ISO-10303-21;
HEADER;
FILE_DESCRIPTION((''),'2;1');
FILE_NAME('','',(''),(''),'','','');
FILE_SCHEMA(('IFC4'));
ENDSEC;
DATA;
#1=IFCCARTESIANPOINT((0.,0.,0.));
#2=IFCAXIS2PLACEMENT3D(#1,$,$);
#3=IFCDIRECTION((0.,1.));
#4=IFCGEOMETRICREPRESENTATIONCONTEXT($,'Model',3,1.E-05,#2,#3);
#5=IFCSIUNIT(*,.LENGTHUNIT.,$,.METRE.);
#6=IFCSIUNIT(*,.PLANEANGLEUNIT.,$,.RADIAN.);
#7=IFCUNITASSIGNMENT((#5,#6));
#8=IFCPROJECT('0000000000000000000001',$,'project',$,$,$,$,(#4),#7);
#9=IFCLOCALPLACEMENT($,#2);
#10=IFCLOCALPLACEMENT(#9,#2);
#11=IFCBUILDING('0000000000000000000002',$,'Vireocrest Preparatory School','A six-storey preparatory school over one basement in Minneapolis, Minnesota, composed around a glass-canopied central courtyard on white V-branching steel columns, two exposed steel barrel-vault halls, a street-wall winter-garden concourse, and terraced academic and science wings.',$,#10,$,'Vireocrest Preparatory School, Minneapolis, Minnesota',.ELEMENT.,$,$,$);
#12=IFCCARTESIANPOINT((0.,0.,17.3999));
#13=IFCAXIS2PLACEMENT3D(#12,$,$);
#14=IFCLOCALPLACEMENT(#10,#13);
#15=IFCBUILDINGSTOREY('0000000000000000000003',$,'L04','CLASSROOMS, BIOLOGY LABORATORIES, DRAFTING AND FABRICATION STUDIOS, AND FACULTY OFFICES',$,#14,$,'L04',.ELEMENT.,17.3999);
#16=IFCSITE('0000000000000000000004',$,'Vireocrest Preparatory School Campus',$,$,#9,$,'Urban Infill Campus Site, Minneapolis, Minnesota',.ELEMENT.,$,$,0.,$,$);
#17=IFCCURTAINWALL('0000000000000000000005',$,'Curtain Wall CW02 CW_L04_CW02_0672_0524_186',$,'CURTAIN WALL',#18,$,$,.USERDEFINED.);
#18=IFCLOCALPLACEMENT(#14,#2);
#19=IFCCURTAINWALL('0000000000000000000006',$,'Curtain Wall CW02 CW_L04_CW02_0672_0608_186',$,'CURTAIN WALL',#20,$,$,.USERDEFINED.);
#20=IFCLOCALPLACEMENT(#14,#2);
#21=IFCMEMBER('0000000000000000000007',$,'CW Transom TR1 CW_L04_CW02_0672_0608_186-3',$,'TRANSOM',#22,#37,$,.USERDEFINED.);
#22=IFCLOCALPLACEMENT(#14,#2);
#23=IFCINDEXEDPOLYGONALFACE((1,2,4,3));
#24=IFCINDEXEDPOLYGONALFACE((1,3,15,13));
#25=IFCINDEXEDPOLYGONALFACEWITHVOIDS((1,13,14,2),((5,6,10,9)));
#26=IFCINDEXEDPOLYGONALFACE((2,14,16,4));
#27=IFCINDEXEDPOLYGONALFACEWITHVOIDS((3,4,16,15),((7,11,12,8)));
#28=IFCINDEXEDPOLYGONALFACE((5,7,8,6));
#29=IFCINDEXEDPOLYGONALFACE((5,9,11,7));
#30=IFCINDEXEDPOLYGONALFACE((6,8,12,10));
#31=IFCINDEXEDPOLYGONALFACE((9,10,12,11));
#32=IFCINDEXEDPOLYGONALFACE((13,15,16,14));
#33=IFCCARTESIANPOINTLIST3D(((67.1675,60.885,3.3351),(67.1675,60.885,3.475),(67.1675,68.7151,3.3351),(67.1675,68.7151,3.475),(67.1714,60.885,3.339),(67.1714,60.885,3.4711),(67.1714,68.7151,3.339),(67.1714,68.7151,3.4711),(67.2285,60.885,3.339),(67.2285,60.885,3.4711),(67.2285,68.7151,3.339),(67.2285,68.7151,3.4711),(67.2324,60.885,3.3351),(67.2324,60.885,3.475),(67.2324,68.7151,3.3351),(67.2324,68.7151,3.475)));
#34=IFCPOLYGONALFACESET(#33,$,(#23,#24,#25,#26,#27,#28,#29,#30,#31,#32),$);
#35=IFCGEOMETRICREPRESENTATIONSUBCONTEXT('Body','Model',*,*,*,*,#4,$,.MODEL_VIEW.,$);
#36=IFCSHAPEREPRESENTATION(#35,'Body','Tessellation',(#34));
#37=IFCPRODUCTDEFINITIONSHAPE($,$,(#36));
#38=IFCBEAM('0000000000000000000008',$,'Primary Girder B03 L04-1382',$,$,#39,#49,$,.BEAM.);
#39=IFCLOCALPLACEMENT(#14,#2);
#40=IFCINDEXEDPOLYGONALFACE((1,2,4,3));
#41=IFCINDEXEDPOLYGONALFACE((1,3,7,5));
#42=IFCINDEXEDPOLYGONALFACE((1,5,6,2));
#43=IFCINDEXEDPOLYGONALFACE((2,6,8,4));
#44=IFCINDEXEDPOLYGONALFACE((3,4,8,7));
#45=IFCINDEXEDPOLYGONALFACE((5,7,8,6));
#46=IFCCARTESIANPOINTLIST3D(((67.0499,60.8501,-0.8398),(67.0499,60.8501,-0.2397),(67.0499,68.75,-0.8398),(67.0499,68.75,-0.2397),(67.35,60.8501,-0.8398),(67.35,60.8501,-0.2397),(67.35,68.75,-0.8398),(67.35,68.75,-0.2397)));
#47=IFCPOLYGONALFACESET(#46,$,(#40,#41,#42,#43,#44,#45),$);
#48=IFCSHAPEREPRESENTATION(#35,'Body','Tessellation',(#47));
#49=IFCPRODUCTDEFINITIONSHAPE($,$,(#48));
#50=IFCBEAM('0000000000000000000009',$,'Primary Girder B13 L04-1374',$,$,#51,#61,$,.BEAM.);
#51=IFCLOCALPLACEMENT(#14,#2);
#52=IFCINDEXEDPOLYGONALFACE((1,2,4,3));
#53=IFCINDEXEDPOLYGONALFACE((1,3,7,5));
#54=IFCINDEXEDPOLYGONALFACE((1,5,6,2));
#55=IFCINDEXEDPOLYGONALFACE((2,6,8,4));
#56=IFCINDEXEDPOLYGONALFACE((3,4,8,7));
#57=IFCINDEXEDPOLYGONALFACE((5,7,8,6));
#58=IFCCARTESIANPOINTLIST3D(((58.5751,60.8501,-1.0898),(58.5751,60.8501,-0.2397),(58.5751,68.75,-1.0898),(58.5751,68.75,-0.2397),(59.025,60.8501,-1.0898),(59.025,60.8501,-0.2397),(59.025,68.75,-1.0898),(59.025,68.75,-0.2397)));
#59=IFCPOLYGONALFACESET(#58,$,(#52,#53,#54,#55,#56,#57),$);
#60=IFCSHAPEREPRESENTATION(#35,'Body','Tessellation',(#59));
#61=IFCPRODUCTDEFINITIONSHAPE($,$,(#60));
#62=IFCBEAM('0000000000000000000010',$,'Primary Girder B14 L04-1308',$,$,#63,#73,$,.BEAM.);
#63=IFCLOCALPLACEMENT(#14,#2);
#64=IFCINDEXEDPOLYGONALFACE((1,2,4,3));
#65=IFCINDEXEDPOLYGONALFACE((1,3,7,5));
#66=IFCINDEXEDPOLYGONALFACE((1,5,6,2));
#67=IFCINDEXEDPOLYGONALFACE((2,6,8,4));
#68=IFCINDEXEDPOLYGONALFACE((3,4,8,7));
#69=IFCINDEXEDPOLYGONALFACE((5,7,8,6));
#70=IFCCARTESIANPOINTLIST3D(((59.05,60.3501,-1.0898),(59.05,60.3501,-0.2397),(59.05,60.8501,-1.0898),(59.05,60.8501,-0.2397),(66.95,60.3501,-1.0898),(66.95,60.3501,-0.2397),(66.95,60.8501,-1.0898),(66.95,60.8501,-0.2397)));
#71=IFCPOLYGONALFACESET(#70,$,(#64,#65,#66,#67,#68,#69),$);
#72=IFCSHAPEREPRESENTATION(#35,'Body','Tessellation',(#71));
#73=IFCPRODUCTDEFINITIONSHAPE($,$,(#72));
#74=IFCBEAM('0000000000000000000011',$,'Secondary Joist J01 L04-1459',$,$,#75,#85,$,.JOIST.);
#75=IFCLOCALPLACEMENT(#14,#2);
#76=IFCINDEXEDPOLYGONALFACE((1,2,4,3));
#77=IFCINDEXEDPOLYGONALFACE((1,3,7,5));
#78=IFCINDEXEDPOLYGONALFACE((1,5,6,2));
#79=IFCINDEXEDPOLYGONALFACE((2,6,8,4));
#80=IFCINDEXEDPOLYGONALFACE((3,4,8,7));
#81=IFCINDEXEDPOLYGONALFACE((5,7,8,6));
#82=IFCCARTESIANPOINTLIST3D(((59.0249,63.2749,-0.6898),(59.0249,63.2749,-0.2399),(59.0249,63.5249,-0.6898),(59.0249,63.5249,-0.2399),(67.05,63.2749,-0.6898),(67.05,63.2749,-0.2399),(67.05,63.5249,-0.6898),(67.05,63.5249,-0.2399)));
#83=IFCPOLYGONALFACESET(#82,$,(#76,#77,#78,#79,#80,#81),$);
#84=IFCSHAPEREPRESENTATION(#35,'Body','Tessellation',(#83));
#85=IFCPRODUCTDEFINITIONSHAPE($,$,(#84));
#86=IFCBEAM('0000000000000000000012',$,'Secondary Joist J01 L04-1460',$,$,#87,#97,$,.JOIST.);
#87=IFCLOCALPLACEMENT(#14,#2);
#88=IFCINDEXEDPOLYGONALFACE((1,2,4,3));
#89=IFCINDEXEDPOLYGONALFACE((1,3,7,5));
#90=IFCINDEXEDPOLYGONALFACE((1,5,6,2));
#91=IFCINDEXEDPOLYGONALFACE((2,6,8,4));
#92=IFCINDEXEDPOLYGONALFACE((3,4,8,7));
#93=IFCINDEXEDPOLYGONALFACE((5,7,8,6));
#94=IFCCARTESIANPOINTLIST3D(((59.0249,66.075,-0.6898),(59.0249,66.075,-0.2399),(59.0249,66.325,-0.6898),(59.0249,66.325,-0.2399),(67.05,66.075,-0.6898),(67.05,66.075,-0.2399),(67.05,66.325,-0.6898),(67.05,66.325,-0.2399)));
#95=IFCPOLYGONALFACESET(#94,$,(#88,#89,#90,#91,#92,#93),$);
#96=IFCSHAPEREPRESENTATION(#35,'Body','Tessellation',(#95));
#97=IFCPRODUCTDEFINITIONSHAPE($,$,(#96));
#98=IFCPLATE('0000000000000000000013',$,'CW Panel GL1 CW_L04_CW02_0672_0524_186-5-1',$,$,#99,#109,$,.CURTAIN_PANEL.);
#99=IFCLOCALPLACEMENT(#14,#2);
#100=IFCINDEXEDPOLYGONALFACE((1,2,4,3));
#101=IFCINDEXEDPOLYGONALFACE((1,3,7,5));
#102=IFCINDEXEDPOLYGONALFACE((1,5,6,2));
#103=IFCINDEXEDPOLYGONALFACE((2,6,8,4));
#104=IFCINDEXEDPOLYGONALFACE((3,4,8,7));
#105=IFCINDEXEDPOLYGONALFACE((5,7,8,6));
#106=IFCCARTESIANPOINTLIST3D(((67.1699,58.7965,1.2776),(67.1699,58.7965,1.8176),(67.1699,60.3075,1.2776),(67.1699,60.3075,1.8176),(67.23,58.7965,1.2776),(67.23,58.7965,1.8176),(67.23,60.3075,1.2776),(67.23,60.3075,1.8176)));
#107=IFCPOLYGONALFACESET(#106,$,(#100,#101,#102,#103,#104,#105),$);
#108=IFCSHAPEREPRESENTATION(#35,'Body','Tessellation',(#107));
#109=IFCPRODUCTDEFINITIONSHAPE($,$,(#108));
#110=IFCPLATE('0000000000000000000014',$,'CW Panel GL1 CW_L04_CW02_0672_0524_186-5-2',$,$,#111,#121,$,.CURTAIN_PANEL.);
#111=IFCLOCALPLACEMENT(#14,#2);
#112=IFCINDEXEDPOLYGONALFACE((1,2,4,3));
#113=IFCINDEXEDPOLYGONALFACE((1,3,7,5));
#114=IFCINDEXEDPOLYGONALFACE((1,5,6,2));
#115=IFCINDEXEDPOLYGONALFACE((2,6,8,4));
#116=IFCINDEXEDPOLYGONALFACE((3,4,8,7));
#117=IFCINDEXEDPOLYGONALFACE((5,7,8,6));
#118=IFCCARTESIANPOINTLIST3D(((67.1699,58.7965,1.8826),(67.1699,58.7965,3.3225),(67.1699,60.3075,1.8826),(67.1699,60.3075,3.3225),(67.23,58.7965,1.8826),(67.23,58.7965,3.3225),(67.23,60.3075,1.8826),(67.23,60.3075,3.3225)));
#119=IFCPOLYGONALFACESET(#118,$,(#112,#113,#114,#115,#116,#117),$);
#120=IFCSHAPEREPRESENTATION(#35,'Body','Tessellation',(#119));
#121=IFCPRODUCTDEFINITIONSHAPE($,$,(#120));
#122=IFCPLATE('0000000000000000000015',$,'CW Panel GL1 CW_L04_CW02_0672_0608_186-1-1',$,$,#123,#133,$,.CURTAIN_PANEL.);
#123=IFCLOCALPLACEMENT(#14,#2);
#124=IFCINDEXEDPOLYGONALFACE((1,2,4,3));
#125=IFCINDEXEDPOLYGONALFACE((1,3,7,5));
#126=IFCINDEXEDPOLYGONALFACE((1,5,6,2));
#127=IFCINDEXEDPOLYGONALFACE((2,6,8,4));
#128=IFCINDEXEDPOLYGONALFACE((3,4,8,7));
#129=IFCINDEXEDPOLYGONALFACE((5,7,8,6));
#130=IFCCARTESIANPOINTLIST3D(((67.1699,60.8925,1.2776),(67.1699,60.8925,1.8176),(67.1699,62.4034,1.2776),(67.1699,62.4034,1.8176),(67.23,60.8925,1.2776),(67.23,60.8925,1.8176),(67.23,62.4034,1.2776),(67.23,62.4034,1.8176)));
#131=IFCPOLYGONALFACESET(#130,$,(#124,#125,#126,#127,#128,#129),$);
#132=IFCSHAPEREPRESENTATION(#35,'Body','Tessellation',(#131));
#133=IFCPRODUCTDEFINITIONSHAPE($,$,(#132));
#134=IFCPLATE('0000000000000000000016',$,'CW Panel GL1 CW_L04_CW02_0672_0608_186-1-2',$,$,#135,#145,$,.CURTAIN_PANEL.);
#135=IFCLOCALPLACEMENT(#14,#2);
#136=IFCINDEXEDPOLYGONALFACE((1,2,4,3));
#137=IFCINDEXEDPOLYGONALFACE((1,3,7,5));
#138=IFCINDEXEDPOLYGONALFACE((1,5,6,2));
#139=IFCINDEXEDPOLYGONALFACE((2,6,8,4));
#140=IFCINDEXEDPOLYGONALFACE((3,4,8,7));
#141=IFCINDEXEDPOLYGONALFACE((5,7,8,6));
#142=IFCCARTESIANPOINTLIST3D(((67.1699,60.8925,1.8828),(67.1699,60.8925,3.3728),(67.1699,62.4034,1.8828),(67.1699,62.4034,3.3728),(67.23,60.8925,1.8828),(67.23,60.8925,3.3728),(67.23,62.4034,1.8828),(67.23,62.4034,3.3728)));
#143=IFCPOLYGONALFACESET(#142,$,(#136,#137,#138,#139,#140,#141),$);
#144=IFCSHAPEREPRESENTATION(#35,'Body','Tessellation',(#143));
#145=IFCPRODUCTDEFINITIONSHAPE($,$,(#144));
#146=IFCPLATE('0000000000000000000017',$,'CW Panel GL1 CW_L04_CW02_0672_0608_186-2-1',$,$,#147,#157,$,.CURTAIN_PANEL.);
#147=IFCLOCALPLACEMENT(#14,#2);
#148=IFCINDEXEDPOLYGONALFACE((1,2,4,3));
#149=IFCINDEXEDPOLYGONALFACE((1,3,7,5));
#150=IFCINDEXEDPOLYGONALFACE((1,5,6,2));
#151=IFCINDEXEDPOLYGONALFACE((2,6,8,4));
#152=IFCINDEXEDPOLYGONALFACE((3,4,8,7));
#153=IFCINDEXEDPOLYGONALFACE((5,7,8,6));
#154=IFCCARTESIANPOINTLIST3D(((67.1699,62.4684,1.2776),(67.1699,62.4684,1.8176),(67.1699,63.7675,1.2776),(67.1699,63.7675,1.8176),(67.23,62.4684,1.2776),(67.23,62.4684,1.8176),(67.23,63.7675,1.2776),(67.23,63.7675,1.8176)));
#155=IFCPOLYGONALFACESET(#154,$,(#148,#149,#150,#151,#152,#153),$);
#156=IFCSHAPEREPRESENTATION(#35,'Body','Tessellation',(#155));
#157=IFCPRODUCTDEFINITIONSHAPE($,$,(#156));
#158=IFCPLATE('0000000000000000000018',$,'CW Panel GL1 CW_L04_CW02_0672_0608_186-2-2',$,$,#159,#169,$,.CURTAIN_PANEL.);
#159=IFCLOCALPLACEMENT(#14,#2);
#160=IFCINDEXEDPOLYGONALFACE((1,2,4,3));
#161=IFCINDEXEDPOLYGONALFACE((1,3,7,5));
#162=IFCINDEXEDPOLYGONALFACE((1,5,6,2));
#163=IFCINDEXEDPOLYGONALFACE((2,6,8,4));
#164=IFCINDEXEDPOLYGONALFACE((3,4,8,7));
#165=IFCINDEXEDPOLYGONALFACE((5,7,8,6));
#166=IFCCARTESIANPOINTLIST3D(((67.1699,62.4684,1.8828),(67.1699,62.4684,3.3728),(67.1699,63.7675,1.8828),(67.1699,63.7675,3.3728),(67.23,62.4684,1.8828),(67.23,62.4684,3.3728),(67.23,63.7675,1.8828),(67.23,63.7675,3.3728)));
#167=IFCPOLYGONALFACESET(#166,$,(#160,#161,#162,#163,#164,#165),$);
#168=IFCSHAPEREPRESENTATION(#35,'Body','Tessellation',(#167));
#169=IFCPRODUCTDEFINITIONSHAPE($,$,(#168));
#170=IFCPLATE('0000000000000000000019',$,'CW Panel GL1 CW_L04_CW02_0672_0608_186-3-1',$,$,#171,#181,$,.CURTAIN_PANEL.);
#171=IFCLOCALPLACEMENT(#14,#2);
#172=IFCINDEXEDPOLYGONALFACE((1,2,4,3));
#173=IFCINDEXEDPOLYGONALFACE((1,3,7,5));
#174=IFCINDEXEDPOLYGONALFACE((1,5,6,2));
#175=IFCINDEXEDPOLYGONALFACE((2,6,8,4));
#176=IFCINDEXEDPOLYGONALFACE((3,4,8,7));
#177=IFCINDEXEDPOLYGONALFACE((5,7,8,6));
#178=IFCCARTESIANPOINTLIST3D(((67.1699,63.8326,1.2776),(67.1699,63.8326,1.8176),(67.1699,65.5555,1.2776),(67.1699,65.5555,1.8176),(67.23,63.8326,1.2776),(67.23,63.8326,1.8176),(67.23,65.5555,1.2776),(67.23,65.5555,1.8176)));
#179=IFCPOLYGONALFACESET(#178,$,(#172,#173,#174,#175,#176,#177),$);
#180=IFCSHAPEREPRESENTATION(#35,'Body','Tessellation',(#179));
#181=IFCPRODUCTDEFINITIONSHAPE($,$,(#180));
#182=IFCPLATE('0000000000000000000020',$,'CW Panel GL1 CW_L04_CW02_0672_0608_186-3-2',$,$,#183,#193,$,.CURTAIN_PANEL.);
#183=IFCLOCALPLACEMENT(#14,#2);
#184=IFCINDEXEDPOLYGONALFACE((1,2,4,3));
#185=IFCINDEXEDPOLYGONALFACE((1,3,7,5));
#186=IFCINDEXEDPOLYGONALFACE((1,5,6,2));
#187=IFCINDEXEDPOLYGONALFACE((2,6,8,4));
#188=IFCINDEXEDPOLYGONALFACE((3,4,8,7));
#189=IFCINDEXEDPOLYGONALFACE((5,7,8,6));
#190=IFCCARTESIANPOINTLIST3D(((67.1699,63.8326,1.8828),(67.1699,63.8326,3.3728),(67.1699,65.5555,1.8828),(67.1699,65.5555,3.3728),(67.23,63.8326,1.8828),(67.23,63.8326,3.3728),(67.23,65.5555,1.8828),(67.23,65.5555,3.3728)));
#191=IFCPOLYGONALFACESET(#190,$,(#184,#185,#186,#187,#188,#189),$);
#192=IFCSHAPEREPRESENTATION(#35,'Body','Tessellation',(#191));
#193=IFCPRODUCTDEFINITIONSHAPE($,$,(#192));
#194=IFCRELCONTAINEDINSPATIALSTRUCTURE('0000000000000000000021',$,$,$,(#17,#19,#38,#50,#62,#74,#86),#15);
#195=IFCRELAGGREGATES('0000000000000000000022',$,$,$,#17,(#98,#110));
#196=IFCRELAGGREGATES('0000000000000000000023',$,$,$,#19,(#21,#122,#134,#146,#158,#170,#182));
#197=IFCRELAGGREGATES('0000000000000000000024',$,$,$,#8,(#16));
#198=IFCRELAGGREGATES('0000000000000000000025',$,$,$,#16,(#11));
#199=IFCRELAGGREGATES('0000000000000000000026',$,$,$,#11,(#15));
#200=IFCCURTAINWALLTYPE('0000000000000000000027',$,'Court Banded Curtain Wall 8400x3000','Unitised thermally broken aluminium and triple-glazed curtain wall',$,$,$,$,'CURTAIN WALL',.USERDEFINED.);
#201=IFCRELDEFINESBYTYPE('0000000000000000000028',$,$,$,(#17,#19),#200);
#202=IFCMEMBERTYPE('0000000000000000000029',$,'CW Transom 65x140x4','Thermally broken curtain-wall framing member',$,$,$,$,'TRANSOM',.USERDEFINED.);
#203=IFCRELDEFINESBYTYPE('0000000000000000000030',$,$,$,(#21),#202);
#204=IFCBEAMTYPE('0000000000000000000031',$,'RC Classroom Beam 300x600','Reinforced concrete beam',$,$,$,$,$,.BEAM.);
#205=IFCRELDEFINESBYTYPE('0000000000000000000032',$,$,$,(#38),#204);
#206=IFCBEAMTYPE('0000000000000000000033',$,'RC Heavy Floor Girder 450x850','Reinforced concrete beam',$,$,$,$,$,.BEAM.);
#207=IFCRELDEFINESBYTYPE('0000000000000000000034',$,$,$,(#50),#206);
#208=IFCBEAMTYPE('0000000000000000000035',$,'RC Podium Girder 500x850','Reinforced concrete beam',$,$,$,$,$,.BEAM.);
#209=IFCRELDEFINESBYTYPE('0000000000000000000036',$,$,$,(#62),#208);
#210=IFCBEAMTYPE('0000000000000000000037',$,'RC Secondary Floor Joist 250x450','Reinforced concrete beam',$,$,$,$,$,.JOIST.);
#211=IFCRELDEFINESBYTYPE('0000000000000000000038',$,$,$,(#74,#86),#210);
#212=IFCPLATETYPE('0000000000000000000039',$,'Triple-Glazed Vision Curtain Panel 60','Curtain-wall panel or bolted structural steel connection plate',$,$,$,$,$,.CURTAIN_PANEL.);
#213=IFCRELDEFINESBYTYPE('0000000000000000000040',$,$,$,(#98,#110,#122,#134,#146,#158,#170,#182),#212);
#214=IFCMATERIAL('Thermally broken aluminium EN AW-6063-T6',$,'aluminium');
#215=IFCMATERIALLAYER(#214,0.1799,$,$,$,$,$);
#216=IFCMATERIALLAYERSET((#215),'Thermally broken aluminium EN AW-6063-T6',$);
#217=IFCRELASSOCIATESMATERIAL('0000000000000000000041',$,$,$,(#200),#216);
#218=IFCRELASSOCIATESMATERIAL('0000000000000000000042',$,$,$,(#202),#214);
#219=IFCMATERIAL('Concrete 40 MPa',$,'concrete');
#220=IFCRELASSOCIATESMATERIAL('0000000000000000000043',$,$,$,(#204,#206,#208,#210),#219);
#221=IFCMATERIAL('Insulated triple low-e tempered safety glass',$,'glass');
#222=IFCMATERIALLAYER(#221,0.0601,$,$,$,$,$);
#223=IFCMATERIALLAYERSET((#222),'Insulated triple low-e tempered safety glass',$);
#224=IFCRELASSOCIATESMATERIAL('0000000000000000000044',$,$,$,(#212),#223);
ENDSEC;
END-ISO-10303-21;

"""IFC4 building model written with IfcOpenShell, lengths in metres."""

from ifc_helpers import new_model, si_unit, direction, frame, origin, origin_2d, place, context, subcontext, project, spatial, rectangle, hollow_rectangle, extrude, material, layer, layer_set, material_profile, profile_set, type_object, element, aggregate, save


model = new_model("IFC4")

# Units and contexts
model_context = context("Model", 3, precision=1e-05, world=origin(), true_north=direction((0.0, 1.0)))
body_context = subcontext(model_context, "Body", "Model", "MODEL_VIEW")
ifc_project = project(units=[si_unit("LENGTHUNIT", "METRE"), si_unit("PLANEANGLEUNIT", "RADIAN")], contexts=[model_context])

# Site, building, storey
site_placement = place(None, origin())
site = spatial("IfcSite", under=ifc_project, at=site_placement, Name="Vireocrest Preparatory School Campus", LongName="Urban Infill Campus Site, Minneapolis, Minnesota", CompositionType="ELEMENT", RefElevation=0.0)
building_placement = place(site_placement, origin())
building = spatial("IfcBuilding", under=site, at=building_placement, Name="Vireocrest Preparatory School", Description="A six-storey preparatory school over one basement in Minneapolis, Minnesota, composed around a glass-canopied central courtyard on white V-branching steel columns, two exposed steel barrel-vault halls, a street-wall winter-garden concourse, and terraced academic and science wings.", LongName="Vireocrest Preparatory School, Minneapolis, Minnesota", CompositionType="ELEMENT")
storey_placement = place(building_placement, frame((0.0, 0.0, 17.3999)))
storey = spatial("IfcBuildingStorey", under=building, at=storey_placement, Name="L04", Description="CLASSROOMS, BIOLOGY LABORATORIES, DRAFTING AND FABRICATION STUDIOS, AND FACULTY OFFICES", LongName="L04", CompositionType="ELEMENT", Elevation=17.3999)

# Curtain wall
ifc_material_1 = material(Name="Thermally broken aluminium EN AW-6063-T6", Category="aluminium")
ifc_layer_1 = layer(ifc_material_1, 0.1799)
ifc_layer_set_1 = layer_set([ifc_layer_1], Name="Thermally broken aluminium EN AW-6063-T6")
curtain_wall_type = type_object("IfcCurtainWallType", Name="Court Banded Curtain Wall 8400x3000", Description="Unitised thermally broken aluminium and triple-glazed curtain wall", ElementType="CURTAIN WALL", PredefinedType="USERDEFINED", material=ifc_layer_set_1)
curtain_wall_1_placement = place(storey_placement, origin())
curtain_wall_1 = element("IfcCurtainWall", 1, at=curtain_wall_1_placement, inside=storey, type_object=curtain_wall_type, Name="Curtain Wall CW02 CW_L04_CW02_0672_0524_186", ObjectType="CURTAIN WALL", PredefinedType="USERDEFINED")

# Curtain wall, member
curtain_wall_2_placement = place(storey_placement, origin())
curtain_wall_2 = element("IfcCurtainWall", 2, at=curtain_wall_2_placement, inside=storey, type_object=curtain_wall_type, Name="Curtain Wall CW02 CW_L04_CW02_0672_0608_186", ObjectType="CURTAIN WALL", PredefinedType="USERDEFINED")
ifc_material_profile_1 = material_profile(ifc_material_1, hollow_rectangle(XDim=0.0649, YDim=0.1399, WallThickness=0.0039, at=origin_2d()), Name="ALU 65x140x4")
ifc_profile_set_1 = profile_set([ifc_material_profile_1], Name="Thermally broken aluminium EN AW-6063-T6")
member_type_1 = type_object("IfcMemberType", Name="CW Transom 65x140x4", Description="Thermally broken curtain-wall framing member", ElementType="TRANSOM", PredefinedType="USERDEFINED", material=ifc_profile_set_1)
member_1_placement = place(storey_placement, frame((67.2, 60.885, 3.405), z_axis=(0.0, 1.0, 0.0), x_axis=(-1.0, 0.0, 0.0)))
member_1 = element("IfcMember", 3, at=member_1_placement, type_object=member_type_1, Name="CW Transom TR1 CW_L04_CW02_0672_0608_186-3", ObjectType="TRANSOM", PredefinedType="USERDEFINED", context=body_context, shape_type="SweptSolid", body=[
    extrude(hollow_rectangle(XDim=0.0649, YDim=0.1399, WallThickness=0.0039, at=origin_2d()), origin(), (0.0, 0.0, 1.0), 7.8301),
])

# Beams
ifc_material_2 = material(Name="Concrete 40 MPa", Category="concrete")
ifc_material_profile_2 = material_profile(ifc_material_2, rectangle(XDim=0.3, YDim=0.6001, at=origin_2d()), Name="RC 300x600")
ifc_profile_set_2 = profile_set([ifc_material_profile_2], Name="Concrete 40 MPa")
beam_type_1 = type_object("IfcBeamType", Name="RC Classroom Beam 300x600", Description="Reinforced concrete beam", PredefinedType="BEAM", material=ifc_profile_set_2)
beam_1_placement = place(storey_placement, frame((67.2, 60.8501, -0.5398), z_axis=(0.0, 1.0, 0.0), x_axis=(-1.0, 0.0, 0.0)))
element("IfcBeam", 4, at=beam_1_placement, inside=storey, type_object=beam_type_1, Name="Primary Girder B03 L04-1382", PredefinedType="BEAM", context=body_context, shape_type="SweptSolid", body=[
    extrude(rectangle(XDim=0.3, YDim=0.6001, at=origin_2d()), origin(), (0.0, 0.0, 1.0), 7.8999),
])
ifc_material_profile_3 = material_profile(ifc_material_2, rectangle(XDim=0.45, YDim=0.8501, at=origin_2d()), Name="RC 450x850")
ifc_profile_set_3 = profile_set([ifc_material_profile_3], Name="Concrete 40 MPa")
beam_type_2 = type_object("IfcBeamType", Name="RC Heavy Floor Girder 450x850", Description="Reinforced concrete beam", PredefinedType="BEAM", material=ifc_profile_set_3)
beam_2_placement = place(storey_placement, frame((58.8, 60.8501, -0.6648), z_axis=(0.0, 1.0, 0.0), x_axis=(-1.0, 0.0, 0.0)))
element("IfcBeam", 5, at=beam_2_placement, inside=storey, type_object=beam_type_2, Name="Primary Girder B13 L04-1374", PredefinedType="BEAM", context=body_context, shape_type="SweptSolid", body=[
    extrude(rectangle(XDim=0.45, YDim=0.8501, at=origin_2d()), origin(), (0.0, 0.0, 1.0), 7.8999),
])
ifc_material_profile_4 = material_profile(ifc_material_2, rectangle(XDim=0.5, YDim=0.8501, at=origin_2d()), Name="RC 500x850")
ifc_profile_set_4 = profile_set([ifc_material_profile_4], Name="Concrete 40 MPa")
beam_type_3 = type_object("IfcBeamType", Name="RC Podium Girder 500x850", Description="Reinforced concrete beam", PredefinedType="BEAM", material=ifc_profile_set_4)
beam_3_placement = place(storey_placement, frame((59.05, 60.6001, -0.6648), z_axis=(1.0, 0.0, 0.0), x_axis=(0.0, 1.0, 0.0)))
element("IfcBeam", 6, at=beam_3_placement, inside=storey, type_object=beam_type_3, Name="Primary Girder B14 L04-1308", PredefinedType="BEAM", context=body_context, shape_type="SweptSolid", body=[
    extrude(rectangle(XDim=0.5, YDim=0.8501, at=origin_2d()), origin(), (0.0, 0.0, 1.0), 7.8999),
])
ifc_material_profile_5 = material_profile(ifc_material_2, rectangle(XDim=0.25, YDim=0.45, at=origin_2d()), Name="RC 250x450")
ifc_profile_set_5 = profile_set([ifc_material_profile_5], Name="Concrete 40 MPa")
beam_type_4 = type_object("IfcBeamType", Name="RC Secondary Floor Joist 250x450", Description="Reinforced concrete beam", PredefinedType="JOIST", material=ifc_profile_set_5)
for number, where, z_axis, x_axis, name in (
    (7, (59.0249, 63.3999, -0.4648), (1.0, 0.0, 0.0), (0.0, 1.0, 0.0), "Secondary Joist J01 L04-1459"),
    (8, (59.0249, 66.2, -0.4648), (1.0, 0.0, 0.0), (0.0, 1.0, 0.0), "Secondary Joist J01 L04-1460"),
):
    element("IfcBeam", number, at=place(storey_placement, frame(where, z_axis=z_axis, x_axis=x_axis)), inside=storey, type_object=beam_type_4, Name=name, PredefinedType="JOIST", context=body_context, shape_type="SweptSolid", body=[
        extrude(rectangle(XDim=0.25, YDim=0.45, at=origin_2d()), origin(), (0.0, 0.0, 1.0), 8.0251),
    ])

# Plates
ifc_material_3 = material(Name="Insulated triple low-e tempered safety glass", Category="glass")
ifc_layer_2 = layer(ifc_material_3, 0.0601)
ifc_layer_set_2 = layer_set([ifc_layer_2], Name="Insulated triple low-e tempered safety glass")
plate_type = type_object("IfcPlateType", Name="Triple-Glazed Vision Curtain Panel 60", Description="Curtain-wall panel or bolted structural steel connection plate", PredefinedType="CURTAIN_PANEL", material=ifc_layer_set_2)
plate_1_placement = place(storey_placement, frame((67.2, 59.552, 1.2776), z_axis=(0.0, 0.0, 1.0), x_axis=(0.0, 1.0, 0.0)))
plate_1 = element("IfcPlate", 9, at=plate_1_placement, type_object=plate_type, Name="CW Panel GL1 CW_L04_CW02_0672_0524_186-5-1", PredefinedType="CURTAIN_PANEL", context=body_context, shape_type="SweptSolid", body=[
    extrude(rectangle(XDim=1.511, YDim=0.0601, at=origin_2d()), origin(), (0.0, 0.0, 1.0), 0.54),
])
plate_2_placement = place(storey_placement, frame((67.2, 59.552, 1.8826), z_axis=(0.0, 0.0, 1.0), x_axis=(0.0, 1.0, 0.0)))
plate_2 = element("IfcPlate", 10, at=plate_2_placement, type_object=plate_type, Name="CW Panel GL1 CW_L04_CW02_0672_0524_186-5-2", PredefinedType="CURTAIN_PANEL", context=body_context, shape_type="SweptSolid", body=[
    extrude(rectangle(XDim=1.511, YDim=0.0601, at=origin_2d()), origin(), (0.0, 0.0, 1.0), 1.4399),
])
aggregate(curtain_wall_1, [plate_1, plate_2])
plate_3_placement = place(storey_placement, frame((67.2, 61.6479, 1.2776), z_axis=(0.0, 0.0, 1.0), x_axis=(0.0, 1.0, 0.0)))
plate_3 = element("IfcPlate", 11, at=plate_3_placement, type_object=plate_type, Name="CW Panel GL1 CW_L04_CW02_0672_0608_186-1-1", PredefinedType="CURTAIN_PANEL", context=body_context, shape_type="SweptSolid", body=[
    extrude(rectangle(XDim=1.511, YDim=0.0601, at=origin_2d()), origin(), (0.0, 0.0, 1.0), 0.54),
])
plate_4_placement = place(storey_placement, frame((67.2, 61.6479, 1.8828), z_axis=(0.0, 0.0, 1.0), x_axis=(0.0, 1.0, 0.0)))
plate_4 = element("IfcPlate", 12, at=plate_4_placement, type_object=plate_type, Name="CW Panel GL1 CW_L04_CW02_0672_0608_186-1-2", PredefinedType="CURTAIN_PANEL", context=body_context, shape_type="SweptSolid", body=[
    extrude(rectangle(XDim=1.511, YDim=0.0601, at=origin_2d()), origin(), (0.0, 0.0, 1.0), 1.49),
])
plate_5_placement = place(storey_placement, frame((67.2, 63.1179, 1.2776), z_axis=(0.0, 0.0, 1.0), x_axis=(0.0, 1.0, 0.0)))
plate_5 = element("IfcPlate", 13, at=plate_5_placement, type_object=plate_type, Name="CW Panel GL1 CW_L04_CW02_0672_0608_186-2-1", PredefinedType="CURTAIN_PANEL", context=body_context, shape_type="SweptSolid", body=[
    extrude(rectangle(XDim=1.2991, YDim=0.0601, at=origin_2d()), origin(), (0.0, 0.0, 1.0), 0.54),
])
plate_6_placement = place(storey_placement, frame((67.2, 63.1179, 1.8828), z_axis=(0.0, 0.0, 1.0), x_axis=(0.0, 1.0, 0.0)))
plate_6 = element("IfcPlate", 14, at=plate_6_placement, type_object=plate_type, Name="CW Panel GL1 CW_L04_CW02_0672_0608_186-2-2", PredefinedType="CURTAIN_PANEL", context=body_context, shape_type="SweptSolid", body=[
    extrude(rectangle(XDim=1.2991, YDim=0.0601, at=origin_2d()), origin(), (0.0, 0.0, 1.0), 1.49),
])
plate_7_placement = place(storey_placement, frame((67.2, 64.6941, 1.2776), z_axis=(0.0, 0.0, 1.0), x_axis=(0.0, 1.0, 0.0)))
plate_7 = element("IfcPlate", 15, at=plate_7_placement, type_object=plate_type, Name="CW Panel GL1 CW_L04_CW02_0672_0608_186-3-1", PredefinedType="CURTAIN_PANEL", context=body_context, shape_type="SweptSolid", body=[
    extrude(rectangle(XDim=1.7229, YDim=0.0601, at=origin_2d()), origin(), (0.0, 0.0, 1.0), 0.54),
])
plate_8_placement = place(storey_placement, frame((67.2, 64.6941, 1.8828), z_axis=(0.0, 0.0, 1.0), x_axis=(0.0, 1.0, 0.0)))
plate_8 = element("IfcPlate", 16, at=plate_8_placement, type_object=plate_type, Name="CW Panel GL1 CW_L04_CW02_0672_0608_186-3-2", PredefinedType="CURTAIN_PANEL", context=body_context, shape_type="SweptSolid", body=[
    extrude(rectangle(XDim=1.7229, YDim=0.0601, at=origin_2d()), origin(), (0.0, 0.0, 1.0), 1.49),
])
aggregate(curtain_wall_2, [member_1, plate_3, plate_4, plate_5, plate_6, plate_7, plate_8])

save(model, "model.ifc")
